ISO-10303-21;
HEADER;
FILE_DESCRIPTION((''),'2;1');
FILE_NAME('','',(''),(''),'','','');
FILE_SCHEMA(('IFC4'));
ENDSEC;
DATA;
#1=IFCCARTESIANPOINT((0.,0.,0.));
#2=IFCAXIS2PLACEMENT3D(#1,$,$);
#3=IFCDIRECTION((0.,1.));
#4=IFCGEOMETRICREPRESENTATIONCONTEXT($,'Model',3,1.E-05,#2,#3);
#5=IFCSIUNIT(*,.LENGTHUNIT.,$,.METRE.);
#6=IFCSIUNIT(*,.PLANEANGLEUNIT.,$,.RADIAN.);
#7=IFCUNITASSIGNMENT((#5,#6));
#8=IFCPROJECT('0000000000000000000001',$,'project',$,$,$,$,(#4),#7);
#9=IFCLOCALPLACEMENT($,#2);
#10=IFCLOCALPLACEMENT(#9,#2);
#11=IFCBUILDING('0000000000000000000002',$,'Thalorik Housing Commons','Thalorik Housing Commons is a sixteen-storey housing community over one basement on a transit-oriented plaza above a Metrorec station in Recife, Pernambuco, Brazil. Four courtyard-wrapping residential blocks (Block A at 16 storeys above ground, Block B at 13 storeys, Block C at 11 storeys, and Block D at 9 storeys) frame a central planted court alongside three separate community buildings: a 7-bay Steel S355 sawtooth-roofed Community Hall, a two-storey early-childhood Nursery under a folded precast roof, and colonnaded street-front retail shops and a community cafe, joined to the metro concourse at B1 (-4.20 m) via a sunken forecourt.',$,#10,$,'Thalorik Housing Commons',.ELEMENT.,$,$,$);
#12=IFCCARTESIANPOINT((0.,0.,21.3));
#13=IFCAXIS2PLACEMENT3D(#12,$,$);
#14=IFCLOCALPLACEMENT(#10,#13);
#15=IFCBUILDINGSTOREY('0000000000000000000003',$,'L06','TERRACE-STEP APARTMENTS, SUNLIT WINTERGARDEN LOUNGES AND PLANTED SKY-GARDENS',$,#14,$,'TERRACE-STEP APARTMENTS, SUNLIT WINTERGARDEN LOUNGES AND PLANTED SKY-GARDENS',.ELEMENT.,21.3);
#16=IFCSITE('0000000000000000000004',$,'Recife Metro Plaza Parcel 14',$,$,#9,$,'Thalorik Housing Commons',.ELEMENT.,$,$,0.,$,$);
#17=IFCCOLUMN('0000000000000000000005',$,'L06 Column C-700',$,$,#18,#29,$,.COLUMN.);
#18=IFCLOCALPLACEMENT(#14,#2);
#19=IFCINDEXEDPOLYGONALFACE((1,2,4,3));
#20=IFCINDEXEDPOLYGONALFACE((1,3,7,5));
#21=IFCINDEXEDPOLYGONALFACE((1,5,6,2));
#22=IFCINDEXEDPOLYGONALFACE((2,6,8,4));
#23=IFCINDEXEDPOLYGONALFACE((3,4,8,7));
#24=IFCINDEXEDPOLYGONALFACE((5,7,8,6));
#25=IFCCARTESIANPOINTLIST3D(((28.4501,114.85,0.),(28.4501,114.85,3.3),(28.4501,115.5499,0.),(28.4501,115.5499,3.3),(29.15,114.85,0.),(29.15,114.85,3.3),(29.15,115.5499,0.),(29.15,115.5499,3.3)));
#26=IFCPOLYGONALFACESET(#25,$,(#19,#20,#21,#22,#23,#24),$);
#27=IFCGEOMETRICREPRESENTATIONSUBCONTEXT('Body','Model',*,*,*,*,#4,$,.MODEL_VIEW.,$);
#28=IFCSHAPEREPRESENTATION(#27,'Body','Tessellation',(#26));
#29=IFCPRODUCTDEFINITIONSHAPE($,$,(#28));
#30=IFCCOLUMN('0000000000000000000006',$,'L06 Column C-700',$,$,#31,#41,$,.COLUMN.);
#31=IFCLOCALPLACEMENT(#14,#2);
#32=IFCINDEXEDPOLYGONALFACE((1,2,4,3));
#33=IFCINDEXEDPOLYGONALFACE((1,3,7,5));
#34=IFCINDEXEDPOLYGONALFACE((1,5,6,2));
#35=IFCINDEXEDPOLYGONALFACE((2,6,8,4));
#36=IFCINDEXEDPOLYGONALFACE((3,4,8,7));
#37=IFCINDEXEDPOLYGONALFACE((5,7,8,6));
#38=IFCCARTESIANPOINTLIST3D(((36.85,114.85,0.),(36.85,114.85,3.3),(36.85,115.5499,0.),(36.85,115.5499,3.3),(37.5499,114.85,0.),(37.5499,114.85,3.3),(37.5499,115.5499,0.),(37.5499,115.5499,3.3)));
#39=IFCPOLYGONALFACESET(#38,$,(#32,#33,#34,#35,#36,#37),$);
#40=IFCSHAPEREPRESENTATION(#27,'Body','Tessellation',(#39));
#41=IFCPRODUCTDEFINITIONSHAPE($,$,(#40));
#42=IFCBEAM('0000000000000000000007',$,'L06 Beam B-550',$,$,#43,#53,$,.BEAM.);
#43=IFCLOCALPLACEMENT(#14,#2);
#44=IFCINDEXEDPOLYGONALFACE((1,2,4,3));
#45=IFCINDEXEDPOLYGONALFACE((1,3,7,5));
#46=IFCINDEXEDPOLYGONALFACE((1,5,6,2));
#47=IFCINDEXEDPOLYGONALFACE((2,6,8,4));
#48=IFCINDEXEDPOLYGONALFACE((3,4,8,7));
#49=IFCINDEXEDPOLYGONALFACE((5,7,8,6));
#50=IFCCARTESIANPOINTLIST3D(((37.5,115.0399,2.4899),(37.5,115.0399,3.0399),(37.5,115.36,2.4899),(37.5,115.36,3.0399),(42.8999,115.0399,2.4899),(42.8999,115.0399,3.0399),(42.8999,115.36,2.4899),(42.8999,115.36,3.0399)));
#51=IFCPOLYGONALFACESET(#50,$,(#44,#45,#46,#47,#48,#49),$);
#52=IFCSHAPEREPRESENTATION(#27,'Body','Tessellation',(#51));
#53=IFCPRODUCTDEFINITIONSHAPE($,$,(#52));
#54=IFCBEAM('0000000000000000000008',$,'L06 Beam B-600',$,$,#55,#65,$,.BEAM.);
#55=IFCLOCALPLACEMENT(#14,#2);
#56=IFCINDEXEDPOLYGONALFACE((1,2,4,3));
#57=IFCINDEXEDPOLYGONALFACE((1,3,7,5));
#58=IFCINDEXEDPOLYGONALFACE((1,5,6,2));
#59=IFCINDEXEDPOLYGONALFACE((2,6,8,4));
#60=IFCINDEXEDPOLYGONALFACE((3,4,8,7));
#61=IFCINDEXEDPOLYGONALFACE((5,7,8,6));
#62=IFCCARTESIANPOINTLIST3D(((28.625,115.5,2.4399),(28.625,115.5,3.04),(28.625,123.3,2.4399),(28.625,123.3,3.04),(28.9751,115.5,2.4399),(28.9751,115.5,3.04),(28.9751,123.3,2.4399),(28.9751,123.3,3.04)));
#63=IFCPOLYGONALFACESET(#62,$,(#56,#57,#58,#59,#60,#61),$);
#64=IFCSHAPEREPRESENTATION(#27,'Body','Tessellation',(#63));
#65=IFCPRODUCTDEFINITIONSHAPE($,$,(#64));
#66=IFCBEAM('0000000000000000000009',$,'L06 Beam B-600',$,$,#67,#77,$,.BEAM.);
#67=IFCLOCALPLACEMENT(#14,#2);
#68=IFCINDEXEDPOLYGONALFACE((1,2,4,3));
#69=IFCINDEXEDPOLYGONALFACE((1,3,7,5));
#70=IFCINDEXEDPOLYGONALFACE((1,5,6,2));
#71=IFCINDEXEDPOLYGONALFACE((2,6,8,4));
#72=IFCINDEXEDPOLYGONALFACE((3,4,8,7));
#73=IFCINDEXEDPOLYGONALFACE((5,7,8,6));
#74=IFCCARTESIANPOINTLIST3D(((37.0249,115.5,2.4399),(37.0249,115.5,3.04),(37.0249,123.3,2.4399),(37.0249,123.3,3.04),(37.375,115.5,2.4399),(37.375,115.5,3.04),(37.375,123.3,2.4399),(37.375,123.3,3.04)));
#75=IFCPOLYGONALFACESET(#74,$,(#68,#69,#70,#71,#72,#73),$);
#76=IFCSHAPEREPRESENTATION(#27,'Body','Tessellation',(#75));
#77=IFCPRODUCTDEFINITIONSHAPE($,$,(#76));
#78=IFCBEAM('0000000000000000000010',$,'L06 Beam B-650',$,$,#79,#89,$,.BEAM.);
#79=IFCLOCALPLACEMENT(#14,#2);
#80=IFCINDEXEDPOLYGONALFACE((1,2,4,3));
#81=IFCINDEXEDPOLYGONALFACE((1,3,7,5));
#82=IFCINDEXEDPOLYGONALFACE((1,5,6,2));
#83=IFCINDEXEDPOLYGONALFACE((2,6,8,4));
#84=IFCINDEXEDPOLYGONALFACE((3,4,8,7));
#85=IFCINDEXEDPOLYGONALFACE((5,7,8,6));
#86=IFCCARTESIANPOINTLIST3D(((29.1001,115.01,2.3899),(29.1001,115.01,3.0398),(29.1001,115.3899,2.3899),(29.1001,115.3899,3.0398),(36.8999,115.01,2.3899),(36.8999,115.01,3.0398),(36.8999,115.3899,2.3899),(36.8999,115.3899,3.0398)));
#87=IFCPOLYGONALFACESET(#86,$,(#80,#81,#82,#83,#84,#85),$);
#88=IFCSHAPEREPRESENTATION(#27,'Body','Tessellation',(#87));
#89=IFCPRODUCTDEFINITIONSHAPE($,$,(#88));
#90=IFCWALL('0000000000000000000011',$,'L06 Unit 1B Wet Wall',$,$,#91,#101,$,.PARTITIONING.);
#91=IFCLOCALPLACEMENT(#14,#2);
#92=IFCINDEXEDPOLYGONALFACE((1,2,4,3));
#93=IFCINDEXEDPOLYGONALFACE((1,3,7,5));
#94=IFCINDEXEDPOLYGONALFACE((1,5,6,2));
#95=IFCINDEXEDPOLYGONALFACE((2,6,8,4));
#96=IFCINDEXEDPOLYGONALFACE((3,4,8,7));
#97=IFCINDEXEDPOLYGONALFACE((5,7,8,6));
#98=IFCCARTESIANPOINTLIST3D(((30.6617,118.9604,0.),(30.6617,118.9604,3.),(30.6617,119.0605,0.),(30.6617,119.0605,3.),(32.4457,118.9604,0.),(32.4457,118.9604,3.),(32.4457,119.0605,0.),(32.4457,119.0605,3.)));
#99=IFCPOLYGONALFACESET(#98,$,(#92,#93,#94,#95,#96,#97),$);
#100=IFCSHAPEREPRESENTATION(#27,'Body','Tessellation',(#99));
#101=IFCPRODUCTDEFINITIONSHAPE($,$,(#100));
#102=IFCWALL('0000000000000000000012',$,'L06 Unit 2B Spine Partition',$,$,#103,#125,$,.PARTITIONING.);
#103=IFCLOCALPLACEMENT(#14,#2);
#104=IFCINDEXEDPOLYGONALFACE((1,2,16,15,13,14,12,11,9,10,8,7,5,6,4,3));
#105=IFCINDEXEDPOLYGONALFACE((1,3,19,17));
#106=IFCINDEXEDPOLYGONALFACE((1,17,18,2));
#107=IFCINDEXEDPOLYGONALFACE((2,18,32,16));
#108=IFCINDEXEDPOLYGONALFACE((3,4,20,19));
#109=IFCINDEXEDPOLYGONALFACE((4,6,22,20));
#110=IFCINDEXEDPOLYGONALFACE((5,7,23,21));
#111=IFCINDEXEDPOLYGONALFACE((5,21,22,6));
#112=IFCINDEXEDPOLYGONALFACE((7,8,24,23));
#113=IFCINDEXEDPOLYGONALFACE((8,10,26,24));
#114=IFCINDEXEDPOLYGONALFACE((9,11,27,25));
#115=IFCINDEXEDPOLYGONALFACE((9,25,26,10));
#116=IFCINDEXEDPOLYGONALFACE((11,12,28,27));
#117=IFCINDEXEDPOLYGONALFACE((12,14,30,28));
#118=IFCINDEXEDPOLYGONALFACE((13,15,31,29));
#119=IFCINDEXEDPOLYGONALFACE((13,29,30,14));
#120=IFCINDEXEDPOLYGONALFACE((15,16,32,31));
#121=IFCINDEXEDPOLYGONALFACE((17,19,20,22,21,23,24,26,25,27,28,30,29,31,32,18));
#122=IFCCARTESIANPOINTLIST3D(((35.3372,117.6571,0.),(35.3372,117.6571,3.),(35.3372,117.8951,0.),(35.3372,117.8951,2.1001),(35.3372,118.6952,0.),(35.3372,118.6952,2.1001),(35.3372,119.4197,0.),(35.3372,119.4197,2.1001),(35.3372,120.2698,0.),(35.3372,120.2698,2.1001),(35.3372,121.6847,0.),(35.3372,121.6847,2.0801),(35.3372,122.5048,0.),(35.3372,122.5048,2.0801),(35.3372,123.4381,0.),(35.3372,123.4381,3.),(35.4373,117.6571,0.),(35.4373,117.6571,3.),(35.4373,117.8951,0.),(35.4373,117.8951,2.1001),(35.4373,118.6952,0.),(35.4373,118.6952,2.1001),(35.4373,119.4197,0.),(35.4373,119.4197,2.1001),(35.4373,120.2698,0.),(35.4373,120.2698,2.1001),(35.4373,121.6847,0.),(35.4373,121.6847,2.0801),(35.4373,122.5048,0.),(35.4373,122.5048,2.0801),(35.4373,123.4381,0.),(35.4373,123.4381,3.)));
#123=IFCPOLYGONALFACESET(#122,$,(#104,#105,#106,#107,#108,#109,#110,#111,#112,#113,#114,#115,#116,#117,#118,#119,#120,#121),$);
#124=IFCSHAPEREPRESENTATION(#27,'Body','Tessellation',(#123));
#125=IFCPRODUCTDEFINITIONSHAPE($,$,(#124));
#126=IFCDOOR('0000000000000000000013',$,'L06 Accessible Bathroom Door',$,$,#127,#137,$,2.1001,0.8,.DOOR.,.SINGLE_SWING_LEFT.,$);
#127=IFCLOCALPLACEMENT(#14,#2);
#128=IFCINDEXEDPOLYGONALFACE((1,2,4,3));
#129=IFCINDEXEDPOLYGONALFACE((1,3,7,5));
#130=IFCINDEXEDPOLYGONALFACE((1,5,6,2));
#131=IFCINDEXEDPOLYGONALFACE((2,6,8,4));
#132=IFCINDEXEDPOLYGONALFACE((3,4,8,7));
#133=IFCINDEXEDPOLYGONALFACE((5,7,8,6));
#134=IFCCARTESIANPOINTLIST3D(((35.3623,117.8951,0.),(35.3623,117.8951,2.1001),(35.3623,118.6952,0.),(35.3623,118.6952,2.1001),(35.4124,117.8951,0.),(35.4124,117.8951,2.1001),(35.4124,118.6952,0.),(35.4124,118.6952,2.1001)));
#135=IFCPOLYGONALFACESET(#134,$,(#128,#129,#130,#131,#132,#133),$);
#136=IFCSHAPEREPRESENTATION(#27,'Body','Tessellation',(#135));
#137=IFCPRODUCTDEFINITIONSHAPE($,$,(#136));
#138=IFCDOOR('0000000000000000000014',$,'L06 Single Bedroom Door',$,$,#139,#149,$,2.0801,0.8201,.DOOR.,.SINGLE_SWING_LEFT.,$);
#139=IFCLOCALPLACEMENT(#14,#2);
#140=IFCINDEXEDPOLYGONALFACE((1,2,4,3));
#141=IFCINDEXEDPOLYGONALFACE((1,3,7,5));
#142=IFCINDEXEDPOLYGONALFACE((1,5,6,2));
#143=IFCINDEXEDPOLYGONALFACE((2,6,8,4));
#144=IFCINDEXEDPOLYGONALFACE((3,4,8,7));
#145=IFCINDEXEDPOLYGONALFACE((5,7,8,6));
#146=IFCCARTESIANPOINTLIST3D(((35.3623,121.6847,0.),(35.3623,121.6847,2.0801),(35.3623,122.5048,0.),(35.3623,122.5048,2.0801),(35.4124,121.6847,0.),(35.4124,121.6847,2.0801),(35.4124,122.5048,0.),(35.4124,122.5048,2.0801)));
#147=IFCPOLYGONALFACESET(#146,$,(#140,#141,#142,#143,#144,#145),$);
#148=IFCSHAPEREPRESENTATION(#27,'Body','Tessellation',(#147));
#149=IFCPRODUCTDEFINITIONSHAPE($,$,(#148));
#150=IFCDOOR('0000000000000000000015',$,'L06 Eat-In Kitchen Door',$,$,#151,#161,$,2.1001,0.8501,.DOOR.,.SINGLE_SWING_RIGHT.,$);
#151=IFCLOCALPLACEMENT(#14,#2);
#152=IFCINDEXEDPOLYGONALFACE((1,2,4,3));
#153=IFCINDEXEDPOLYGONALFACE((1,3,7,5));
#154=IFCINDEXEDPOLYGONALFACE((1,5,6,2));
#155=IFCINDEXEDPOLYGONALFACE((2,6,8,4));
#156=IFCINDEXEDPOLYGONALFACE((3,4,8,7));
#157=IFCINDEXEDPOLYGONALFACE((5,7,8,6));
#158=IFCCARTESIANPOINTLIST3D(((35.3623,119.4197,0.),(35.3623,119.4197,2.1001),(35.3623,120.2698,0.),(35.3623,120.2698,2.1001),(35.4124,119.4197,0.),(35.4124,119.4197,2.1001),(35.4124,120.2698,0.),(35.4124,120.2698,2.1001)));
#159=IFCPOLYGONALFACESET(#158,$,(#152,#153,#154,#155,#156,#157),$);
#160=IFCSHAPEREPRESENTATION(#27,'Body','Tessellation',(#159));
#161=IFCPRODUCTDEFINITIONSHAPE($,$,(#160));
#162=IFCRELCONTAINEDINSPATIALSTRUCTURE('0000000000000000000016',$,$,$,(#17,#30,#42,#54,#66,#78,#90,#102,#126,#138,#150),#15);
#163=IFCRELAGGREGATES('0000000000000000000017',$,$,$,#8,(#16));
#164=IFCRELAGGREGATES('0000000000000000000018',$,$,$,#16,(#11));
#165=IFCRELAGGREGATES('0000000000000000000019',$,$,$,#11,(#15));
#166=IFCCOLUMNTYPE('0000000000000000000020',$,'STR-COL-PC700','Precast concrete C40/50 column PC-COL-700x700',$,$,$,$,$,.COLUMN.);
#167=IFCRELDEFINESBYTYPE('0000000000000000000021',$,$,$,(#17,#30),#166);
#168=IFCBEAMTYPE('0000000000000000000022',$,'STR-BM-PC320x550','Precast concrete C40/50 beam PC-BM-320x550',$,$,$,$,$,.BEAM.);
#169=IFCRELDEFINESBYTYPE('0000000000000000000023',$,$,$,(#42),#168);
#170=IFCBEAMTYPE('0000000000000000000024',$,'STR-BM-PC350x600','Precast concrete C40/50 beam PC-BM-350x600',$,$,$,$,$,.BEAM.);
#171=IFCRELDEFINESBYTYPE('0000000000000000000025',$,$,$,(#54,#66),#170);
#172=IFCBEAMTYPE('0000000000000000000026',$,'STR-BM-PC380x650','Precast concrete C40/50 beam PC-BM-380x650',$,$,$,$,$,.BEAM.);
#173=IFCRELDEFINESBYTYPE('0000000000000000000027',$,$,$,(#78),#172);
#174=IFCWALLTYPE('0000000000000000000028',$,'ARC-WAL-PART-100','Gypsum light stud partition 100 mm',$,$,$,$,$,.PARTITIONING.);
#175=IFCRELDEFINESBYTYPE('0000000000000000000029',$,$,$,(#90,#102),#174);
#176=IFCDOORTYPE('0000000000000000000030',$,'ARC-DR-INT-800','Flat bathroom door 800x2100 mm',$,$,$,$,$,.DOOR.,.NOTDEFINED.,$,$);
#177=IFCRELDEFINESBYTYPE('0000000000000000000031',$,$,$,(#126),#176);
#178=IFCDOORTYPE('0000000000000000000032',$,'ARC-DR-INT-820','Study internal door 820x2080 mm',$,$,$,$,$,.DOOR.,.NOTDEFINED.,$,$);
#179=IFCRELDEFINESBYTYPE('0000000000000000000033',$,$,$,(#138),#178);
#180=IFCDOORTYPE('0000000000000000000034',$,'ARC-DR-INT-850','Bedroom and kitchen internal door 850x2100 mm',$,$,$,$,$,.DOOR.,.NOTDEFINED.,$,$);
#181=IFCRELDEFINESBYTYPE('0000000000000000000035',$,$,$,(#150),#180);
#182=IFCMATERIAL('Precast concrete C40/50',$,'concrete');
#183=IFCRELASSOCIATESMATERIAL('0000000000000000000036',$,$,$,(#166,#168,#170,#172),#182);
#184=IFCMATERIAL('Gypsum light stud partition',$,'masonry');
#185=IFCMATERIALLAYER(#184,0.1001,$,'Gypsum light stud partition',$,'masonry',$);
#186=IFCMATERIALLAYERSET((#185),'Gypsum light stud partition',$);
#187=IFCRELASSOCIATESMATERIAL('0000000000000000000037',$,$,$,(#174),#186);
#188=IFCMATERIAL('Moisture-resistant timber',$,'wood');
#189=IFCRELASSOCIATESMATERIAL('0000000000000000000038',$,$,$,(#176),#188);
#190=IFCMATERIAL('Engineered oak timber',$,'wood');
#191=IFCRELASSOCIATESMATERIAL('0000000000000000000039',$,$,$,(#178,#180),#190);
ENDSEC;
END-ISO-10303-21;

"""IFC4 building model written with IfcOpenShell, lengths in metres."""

from ifc_helpers import new_model, si_unit, direction, frame, frame_2d, origin, origin_2d, place, context, subcontext, project, spatial, rectangle, extrude, material, layer, layer_set, material_profile, profile_set, type_object, element, fill, save


model = new_model("IFC4")

# Units and contexts
model_context = context("Model", 3, precision=1e-05, world=origin(), true_north=direction((0.0, 1.0)))
body_context = subcontext(model_context, "Body", "Model", "MODEL_VIEW")
ifc_project = project(units=[si_unit("LENGTHUNIT", "METRE"), si_unit("PLANEANGLEUNIT", "RADIAN")], contexts=[model_context])

# Site, building, storey
site_placement = place(None, origin())
site = spatial("IfcSite", under=ifc_project, at=site_placement, Name="Recife Metro Plaza Parcel 14", LongName="Thalorik Housing Commons", CompositionType="ELEMENT", RefElevation=0.0)
building_placement = place(site_placement, origin())
building = spatial("IfcBuilding", under=site, at=building_placement, Name="Thalorik Housing Commons", Description="Thalorik Housing Commons is a sixteen-storey housing community over one basement on a transit-oriented plaza above a Metrorec station in Recife, Pernambuco, Brazil. Four courtyard-wrapping residential blocks (Block A at 16 storeys above ground, Block B at 13 storeys, Block C at 11 storeys, and Block D at 9 storeys) frame a central planted court alongside three separate community buildings: a 7-bay Steel S355 sawtooth-roofed Community Hall, a two-storey early-childhood Nursery under a folded precast roof, and colonnaded street-front retail shops and a community cafe, joined to the metro concourse at B1 (-4.20 m) via a sunken forecourt.", LongName="Thalorik Housing Commons", CompositionType="ELEMENT")
storey_placement = place(building_placement, frame((0.0, 0.0, 21.3)))
storey = spatial("IfcBuildingStorey", under=building, at=storey_placement, Name="L06", Description="TERRACE-STEP APARTMENTS, SUNLIT WINTERGARDEN LOUNGES AND PLANTED SKY-GARDENS", LongName="TERRACE-STEP APARTMENTS, SUNLIT WINTERGARDEN LOUNGES AND PLANTED SKY-GARDENS", CompositionType="ELEMENT", Elevation=21.3)

# Columns
ifc_material_1 = material(Name="Precast concrete C40/50", Category="concrete")
ifc_material_profile_1 = material_profile(ifc_material_1, rectangle(XDim=0.7, YDim=0.7, at=origin_2d()), Name="PC 700x700", Category="concrete")
ifc_profile_set_1 = profile_set([ifc_material_profile_1], Name="Precast concrete C40/50")
column_type = type_object("IfcColumnType", Name="STR-COL-PC700", Description="Precast concrete C40/50 column PC-COL-700x700", PredefinedType="COLUMN", material=ifc_profile_set_1)
for number, where, z_axis, x_axis, name in (
    (1, (28.8, 115.2, 0.0), (0.0, 0.0, 1.0), (1.0, 0.0, 0.0), "L06 Column C-700"),
    (2, (37.2, 115.2, 0.0), (0.0, 0.0, 1.0), (1.0, 0.0, 0.0), "L06 Column C-700"),
):
    element("IfcColumn", number, at=place(storey_placement, frame(where, z_axis=z_axis, x_axis=x_axis)), inside=storey, type_object=column_type, Name=name, PredefinedType="COLUMN", context=body_context, shape_type="SweptSolid", body=[
        extrude(rectangle(XDim=0.7, YDim=0.7, at=origin_2d()), origin(), (0.0, 0.0, 1.0), 3.3),
    ])

# Beams
ifc_material_profile_2 = material_profile(ifc_material_1, rectangle(XDim=0.3201, YDim=0.55, at=origin_2d()), Name="PC 320x550", Category="concrete")
ifc_profile_set_2 = profile_set([ifc_material_profile_2], Name="Precast concrete C40/50")
beam_type_1 = type_object("IfcBeamType", Name="STR-BM-PC320x550", Description="Precast concrete C40/50 beam PC-BM-320x550", PredefinedType="BEAM", material=ifc_profile_set_2)
beam_1_placement = place(storey_placement, frame((37.5, 115.2, 2.7649), z_axis=(1.0, 0.0, 0.0), x_axis=(0.0, 1.0, 0.0)))
element("IfcBeam", 3, at=beam_1_placement, inside=storey, type_object=beam_type_1, Name="L06 Beam B-550", PredefinedType="BEAM", context=body_context, shape_type="SweptSolid", body=[
    extrude(rectangle(XDim=0.3201, YDim=0.55, at=origin_2d()), origin(), (0.0, 0.0, 1.0), 5.3999),
])
ifc_material_profile_3 = material_profile(ifc_material_1, rectangle(XDim=0.3501, YDim=0.6001, at=origin_2d()), Name="PC 350x600", Category="concrete")
ifc_profile_set_3 = profile_set([ifc_material_profile_3], Name="Precast concrete C40/50")
beam_type_2 = type_object("IfcBeamType", Name="STR-BM-PC350x600", Description="Precast concrete C40/50 beam PC-BM-350x600", PredefinedType="BEAM", material=ifc_profile_set_3)
for number, where, z_axis, x_axis, name in (
    (4, (28.8, 115.5, 2.74), (0.0, 1.0, 0.0), (-1.0, 0.0, 0.0), "L06 Beam B-600"),
    (5, (37.2, 115.5, 2.74), (0.0, 1.0, 0.0), (-1.0, 0.0, 0.0), "L06 Beam B-600"),
):
    element("IfcBeam", number, at=place(storey_placement, frame(where, z_axis=z_axis, x_axis=x_axis)), inside=storey, type_object=beam_type_2, Name=name, PredefinedType="BEAM", context=body_context, shape_type="SweptSolid", body=[
        extrude(rectangle(XDim=0.3501, YDim=0.6001, at=origin_2d()), origin(), (0.0, 0.0, 1.0), 7.8),
    ])
ifc_material_profile_4 = material_profile(ifc_material_1, rectangle(XDim=0.3799, YDim=0.6499, at=origin_2d()), Name="PC 380x650", Category="concrete")
ifc_profile_set_4 = profile_set([ifc_material_profile_4], Name="Precast concrete C40/50")
beam_type_3 = type_object("IfcBeamType", Name="STR-BM-PC380x650", Description="Precast concrete C40/50 beam PC-BM-380x650", PredefinedType="BEAM", material=ifc_profile_set_4)
beam_2_placement = place(storey_placement, frame((29.1001, 115.2, 2.7148), z_axis=(1.0, 0.0, 0.0), x_axis=(0.0, 1.0, 0.0)))
element("IfcBeam", 6, at=beam_2_placement, inside=storey, type_object=beam_type_3, Name="L06 Beam B-650", PredefinedType="BEAM", context=body_context, shape_type="SweptSolid", body=[
    extrude(rectangle(XDim=0.3799, YDim=0.6499, at=origin_2d()), origin(), (0.0, 0.0, 1.0), 7.7998),
])

# Wall
ifc_material_2 = material(Name="Gypsum light stud partition", Category="masonry")
ifc_layer_1 = layer(ifc_material_2, 0.1001, Name="Gypsum light stud partition", Category="masonry")
ifc_layer_set_1 = layer_set([ifc_layer_1], Name="Gypsum light stud partition")
wall_type_1 = type_object("IfcWallType", Name="ARC-WAL-PART-100", Description="Gypsum light stud partition 100 mm", PredefinedType="PARTITIONING", material=ifc_layer_set_1)
wall_1_placement = place(storey_placement, frame((30.6616, 119.0105, 0.0), z_axis=(0.0, 0.0, 1.0), x_axis=(1.0, 0.0, 0.0)))
element("IfcWall", 7, at=wall_1_placement, inside=storey, type_object=wall_type_1, Name="L06 Unit 1B Wet Wall", PredefinedType="PARTITIONING", context=body_context, shape_type="SweptSolid", body=[
    extrude(rectangle(XDim=1.7839, YDim=0.1001, at=frame_2d((0.8921, 0.0))), origin(), (0.0, 0.0, 1.0), 3.0),
])

# Wall, openings, doors
wall_2_placement = place(storey_placement, frame((35.3872, 117.657, 0.0), z_axis=(0.0, 0.0, 1.0), x_axis=(0.0, 1.0, 0.0)))
wall_2 = element("IfcWall", 8, at=wall_2_placement, inside=storey, type_object=wall_type_1, Name="L06 Unit 2B Spine Partition", PredefinedType="PARTITIONING", context=body_context, shape_type="SweptSolid", body=[
    extrude(rectangle(XDim=5.781, YDim=0.1001, at=frame_2d((2.8906, 0.0))), origin(), (0.0, 0.0, 1.0), 3.0),
])
opening_1_placement = place(wall_2_placement, frame((0.2383, 0.0, 0.0)))
opening_1 = element("IfcOpeningElement", 9, at=opening_1_placement, cuts=wall_2, PredefinedType="OPENING", context=body_context, shape_type="SweptSolid", body=[
    extrude(rectangle(XDim=0.8, YDim=2.1001, at=frame_2d((0.3999, 1.05))), frame((0.0, 0.0601, 0.0), z_axis=(0.0, -1.0, 0.0), x_axis=(1.0, 0.0, 0.0)), (0.0, 0.0, 1.0), 0.1201),
])
opening_2_placement = place(wall_2_placement, frame((1.7627, 0.0, 0.0)))
opening_2 = element("IfcOpeningElement", 10, at=opening_2_placement, cuts=wall_2, PredefinedType="OPENING", context=body_context, shape_type="SweptSolid", body=[
    extrude(rectangle(XDim=0.8501, YDim=2.1001, at=frame_2d((0.425, 1.05))), frame((0.0, 0.0601, 0.0), z_axis=(0.0, -1.0, 0.0), x_axis=(1.0, 0.0, 0.0)), (0.0, 0.0, 1.0), 0.1201),
])
opening_3_placement = place(wall_2_placement, frame((4.0276, 0.0, 0.0)))
opening_3 = element("IfcOpeningElement", 11, at=opening_3_placement, cuts=wall_2, PredefinedType="OPENING", context=body_context, shape_type="SweptSolid", body=[
    extrude(rectangle(XDim=0.8201, YDim=2.0801, at=frame_2d((0.4102, 1.04))), frame((0.0, 0.0601, 0.0), z_axis=(0.0, -1.0, 0.0), x_axis=(1.0, 0.0, 0.0)), (0.0, 0.0, 1.0), 0.1201),
])
ifc_material_3 = material(Name="Moisture-resistant timber", Category="wood")
door_type_1 = type_object("IfcDoorType", Name="ARC-DR-INT-800", Description="Flat bathroom door 800x2100 mm", OperationType="NOTDEFINED", PredefinedType="DOOR", material=ifc_material_3)
door_1_placement = place(opening_1_placement, origin())
door_1 = element("IfcDoor", 12, at=door_1_placement, inside=storey, type_object=door_type_1, Name="L06 Accessible Bathroom Door", OperationType="SINGLE_SWING_LEFT", OverallHeight=2.1001, OverallWidth=0.8, PredefinedType="DOOR", context=body_context, shape_type="SweptSolid", body=[
    extrude(rectangle(XDim=0.8, YDim=2.1001, at=frame_2d((0.3999, 1.05))), frame((0.0, 0.0249, 0.0), z_axis=(0.0, -1.0, 0.0), x_axis=(1.0, 0.0, 0.0)), (0.0, 0.0, 1.0), 0.05),
])
fill(opening_1, door_1)
ifc_material_4 = material(Name="Engineered oak timber", Category="wood")
door_type_2 = type_object("IfcDoorType", Name="ARC-DR-INT-820", Description="Study internal door 820x2080 mm", OperationType="NOTDEFINED", PredefinedType="DOOR", material=ifc_material_4)
door_2_placement = place(opening_3_placement, origin())
door_2 = element("IfcDoor", 13, at=door_2_placement, inside=storey, type_object=door_type_2, Name="L06 Single Bedroom Door", OperationType="SINGLE_SWING_LEFT", OverallHeight=2.0801, OverallWidth=0.8201, PredefinedType="DOOR", context=body_context, shape_type="SweptSolid", body=[
    extrude(rectangle(XDim=0.8201, YDim=2.0801, at=frame_2d((0.4102, 1.04))), frame((0.0, 0.0249, 0.0), z_axis=(0.0, -1.0, 0.0), x_axis=(1.0, 0.0, 0.0)), (0.0, 0.0, 1.0), 0.05),
])
fill(opening_3, door_2)
door_type_3 = type_object("IfcDoorType", Name="ARC-DR-INT-850", Description="Bedroom and kitchen internal door 850x2100 mm", OperationType="NOTDEFINED", PredefinedType="DOOR", material=ifc_material_4)
door_3_placement = place(opening_2_placement, origin())
door_3 = element("IfcDoor", 14, at=door_3_placement, inside=storey, type_object=door_type_3, Name="L06 Eat-In Kitchen Door", OperationType="SINGLE_SWING_RIGHT", OverallHeight=2.1001, OverallWidth=0.8501, PredefinedType="DOOR", context=body_context, shape_type="SweptSolid", body=[
    extrude(rectangle(XDim=0.8501, YDim=2.1001, at=frame_2d((0.425, 1.05))), frame((0.0, 0.0249, 0.0), z_axis=(0.0, -1.0, 0.0), x_axis=(1.0, 0.0, 0.0)), (0.0, 0.0, 1.0), 0.05),
])
fill(opening_2, door_3)

save(model, "model.ifc")
